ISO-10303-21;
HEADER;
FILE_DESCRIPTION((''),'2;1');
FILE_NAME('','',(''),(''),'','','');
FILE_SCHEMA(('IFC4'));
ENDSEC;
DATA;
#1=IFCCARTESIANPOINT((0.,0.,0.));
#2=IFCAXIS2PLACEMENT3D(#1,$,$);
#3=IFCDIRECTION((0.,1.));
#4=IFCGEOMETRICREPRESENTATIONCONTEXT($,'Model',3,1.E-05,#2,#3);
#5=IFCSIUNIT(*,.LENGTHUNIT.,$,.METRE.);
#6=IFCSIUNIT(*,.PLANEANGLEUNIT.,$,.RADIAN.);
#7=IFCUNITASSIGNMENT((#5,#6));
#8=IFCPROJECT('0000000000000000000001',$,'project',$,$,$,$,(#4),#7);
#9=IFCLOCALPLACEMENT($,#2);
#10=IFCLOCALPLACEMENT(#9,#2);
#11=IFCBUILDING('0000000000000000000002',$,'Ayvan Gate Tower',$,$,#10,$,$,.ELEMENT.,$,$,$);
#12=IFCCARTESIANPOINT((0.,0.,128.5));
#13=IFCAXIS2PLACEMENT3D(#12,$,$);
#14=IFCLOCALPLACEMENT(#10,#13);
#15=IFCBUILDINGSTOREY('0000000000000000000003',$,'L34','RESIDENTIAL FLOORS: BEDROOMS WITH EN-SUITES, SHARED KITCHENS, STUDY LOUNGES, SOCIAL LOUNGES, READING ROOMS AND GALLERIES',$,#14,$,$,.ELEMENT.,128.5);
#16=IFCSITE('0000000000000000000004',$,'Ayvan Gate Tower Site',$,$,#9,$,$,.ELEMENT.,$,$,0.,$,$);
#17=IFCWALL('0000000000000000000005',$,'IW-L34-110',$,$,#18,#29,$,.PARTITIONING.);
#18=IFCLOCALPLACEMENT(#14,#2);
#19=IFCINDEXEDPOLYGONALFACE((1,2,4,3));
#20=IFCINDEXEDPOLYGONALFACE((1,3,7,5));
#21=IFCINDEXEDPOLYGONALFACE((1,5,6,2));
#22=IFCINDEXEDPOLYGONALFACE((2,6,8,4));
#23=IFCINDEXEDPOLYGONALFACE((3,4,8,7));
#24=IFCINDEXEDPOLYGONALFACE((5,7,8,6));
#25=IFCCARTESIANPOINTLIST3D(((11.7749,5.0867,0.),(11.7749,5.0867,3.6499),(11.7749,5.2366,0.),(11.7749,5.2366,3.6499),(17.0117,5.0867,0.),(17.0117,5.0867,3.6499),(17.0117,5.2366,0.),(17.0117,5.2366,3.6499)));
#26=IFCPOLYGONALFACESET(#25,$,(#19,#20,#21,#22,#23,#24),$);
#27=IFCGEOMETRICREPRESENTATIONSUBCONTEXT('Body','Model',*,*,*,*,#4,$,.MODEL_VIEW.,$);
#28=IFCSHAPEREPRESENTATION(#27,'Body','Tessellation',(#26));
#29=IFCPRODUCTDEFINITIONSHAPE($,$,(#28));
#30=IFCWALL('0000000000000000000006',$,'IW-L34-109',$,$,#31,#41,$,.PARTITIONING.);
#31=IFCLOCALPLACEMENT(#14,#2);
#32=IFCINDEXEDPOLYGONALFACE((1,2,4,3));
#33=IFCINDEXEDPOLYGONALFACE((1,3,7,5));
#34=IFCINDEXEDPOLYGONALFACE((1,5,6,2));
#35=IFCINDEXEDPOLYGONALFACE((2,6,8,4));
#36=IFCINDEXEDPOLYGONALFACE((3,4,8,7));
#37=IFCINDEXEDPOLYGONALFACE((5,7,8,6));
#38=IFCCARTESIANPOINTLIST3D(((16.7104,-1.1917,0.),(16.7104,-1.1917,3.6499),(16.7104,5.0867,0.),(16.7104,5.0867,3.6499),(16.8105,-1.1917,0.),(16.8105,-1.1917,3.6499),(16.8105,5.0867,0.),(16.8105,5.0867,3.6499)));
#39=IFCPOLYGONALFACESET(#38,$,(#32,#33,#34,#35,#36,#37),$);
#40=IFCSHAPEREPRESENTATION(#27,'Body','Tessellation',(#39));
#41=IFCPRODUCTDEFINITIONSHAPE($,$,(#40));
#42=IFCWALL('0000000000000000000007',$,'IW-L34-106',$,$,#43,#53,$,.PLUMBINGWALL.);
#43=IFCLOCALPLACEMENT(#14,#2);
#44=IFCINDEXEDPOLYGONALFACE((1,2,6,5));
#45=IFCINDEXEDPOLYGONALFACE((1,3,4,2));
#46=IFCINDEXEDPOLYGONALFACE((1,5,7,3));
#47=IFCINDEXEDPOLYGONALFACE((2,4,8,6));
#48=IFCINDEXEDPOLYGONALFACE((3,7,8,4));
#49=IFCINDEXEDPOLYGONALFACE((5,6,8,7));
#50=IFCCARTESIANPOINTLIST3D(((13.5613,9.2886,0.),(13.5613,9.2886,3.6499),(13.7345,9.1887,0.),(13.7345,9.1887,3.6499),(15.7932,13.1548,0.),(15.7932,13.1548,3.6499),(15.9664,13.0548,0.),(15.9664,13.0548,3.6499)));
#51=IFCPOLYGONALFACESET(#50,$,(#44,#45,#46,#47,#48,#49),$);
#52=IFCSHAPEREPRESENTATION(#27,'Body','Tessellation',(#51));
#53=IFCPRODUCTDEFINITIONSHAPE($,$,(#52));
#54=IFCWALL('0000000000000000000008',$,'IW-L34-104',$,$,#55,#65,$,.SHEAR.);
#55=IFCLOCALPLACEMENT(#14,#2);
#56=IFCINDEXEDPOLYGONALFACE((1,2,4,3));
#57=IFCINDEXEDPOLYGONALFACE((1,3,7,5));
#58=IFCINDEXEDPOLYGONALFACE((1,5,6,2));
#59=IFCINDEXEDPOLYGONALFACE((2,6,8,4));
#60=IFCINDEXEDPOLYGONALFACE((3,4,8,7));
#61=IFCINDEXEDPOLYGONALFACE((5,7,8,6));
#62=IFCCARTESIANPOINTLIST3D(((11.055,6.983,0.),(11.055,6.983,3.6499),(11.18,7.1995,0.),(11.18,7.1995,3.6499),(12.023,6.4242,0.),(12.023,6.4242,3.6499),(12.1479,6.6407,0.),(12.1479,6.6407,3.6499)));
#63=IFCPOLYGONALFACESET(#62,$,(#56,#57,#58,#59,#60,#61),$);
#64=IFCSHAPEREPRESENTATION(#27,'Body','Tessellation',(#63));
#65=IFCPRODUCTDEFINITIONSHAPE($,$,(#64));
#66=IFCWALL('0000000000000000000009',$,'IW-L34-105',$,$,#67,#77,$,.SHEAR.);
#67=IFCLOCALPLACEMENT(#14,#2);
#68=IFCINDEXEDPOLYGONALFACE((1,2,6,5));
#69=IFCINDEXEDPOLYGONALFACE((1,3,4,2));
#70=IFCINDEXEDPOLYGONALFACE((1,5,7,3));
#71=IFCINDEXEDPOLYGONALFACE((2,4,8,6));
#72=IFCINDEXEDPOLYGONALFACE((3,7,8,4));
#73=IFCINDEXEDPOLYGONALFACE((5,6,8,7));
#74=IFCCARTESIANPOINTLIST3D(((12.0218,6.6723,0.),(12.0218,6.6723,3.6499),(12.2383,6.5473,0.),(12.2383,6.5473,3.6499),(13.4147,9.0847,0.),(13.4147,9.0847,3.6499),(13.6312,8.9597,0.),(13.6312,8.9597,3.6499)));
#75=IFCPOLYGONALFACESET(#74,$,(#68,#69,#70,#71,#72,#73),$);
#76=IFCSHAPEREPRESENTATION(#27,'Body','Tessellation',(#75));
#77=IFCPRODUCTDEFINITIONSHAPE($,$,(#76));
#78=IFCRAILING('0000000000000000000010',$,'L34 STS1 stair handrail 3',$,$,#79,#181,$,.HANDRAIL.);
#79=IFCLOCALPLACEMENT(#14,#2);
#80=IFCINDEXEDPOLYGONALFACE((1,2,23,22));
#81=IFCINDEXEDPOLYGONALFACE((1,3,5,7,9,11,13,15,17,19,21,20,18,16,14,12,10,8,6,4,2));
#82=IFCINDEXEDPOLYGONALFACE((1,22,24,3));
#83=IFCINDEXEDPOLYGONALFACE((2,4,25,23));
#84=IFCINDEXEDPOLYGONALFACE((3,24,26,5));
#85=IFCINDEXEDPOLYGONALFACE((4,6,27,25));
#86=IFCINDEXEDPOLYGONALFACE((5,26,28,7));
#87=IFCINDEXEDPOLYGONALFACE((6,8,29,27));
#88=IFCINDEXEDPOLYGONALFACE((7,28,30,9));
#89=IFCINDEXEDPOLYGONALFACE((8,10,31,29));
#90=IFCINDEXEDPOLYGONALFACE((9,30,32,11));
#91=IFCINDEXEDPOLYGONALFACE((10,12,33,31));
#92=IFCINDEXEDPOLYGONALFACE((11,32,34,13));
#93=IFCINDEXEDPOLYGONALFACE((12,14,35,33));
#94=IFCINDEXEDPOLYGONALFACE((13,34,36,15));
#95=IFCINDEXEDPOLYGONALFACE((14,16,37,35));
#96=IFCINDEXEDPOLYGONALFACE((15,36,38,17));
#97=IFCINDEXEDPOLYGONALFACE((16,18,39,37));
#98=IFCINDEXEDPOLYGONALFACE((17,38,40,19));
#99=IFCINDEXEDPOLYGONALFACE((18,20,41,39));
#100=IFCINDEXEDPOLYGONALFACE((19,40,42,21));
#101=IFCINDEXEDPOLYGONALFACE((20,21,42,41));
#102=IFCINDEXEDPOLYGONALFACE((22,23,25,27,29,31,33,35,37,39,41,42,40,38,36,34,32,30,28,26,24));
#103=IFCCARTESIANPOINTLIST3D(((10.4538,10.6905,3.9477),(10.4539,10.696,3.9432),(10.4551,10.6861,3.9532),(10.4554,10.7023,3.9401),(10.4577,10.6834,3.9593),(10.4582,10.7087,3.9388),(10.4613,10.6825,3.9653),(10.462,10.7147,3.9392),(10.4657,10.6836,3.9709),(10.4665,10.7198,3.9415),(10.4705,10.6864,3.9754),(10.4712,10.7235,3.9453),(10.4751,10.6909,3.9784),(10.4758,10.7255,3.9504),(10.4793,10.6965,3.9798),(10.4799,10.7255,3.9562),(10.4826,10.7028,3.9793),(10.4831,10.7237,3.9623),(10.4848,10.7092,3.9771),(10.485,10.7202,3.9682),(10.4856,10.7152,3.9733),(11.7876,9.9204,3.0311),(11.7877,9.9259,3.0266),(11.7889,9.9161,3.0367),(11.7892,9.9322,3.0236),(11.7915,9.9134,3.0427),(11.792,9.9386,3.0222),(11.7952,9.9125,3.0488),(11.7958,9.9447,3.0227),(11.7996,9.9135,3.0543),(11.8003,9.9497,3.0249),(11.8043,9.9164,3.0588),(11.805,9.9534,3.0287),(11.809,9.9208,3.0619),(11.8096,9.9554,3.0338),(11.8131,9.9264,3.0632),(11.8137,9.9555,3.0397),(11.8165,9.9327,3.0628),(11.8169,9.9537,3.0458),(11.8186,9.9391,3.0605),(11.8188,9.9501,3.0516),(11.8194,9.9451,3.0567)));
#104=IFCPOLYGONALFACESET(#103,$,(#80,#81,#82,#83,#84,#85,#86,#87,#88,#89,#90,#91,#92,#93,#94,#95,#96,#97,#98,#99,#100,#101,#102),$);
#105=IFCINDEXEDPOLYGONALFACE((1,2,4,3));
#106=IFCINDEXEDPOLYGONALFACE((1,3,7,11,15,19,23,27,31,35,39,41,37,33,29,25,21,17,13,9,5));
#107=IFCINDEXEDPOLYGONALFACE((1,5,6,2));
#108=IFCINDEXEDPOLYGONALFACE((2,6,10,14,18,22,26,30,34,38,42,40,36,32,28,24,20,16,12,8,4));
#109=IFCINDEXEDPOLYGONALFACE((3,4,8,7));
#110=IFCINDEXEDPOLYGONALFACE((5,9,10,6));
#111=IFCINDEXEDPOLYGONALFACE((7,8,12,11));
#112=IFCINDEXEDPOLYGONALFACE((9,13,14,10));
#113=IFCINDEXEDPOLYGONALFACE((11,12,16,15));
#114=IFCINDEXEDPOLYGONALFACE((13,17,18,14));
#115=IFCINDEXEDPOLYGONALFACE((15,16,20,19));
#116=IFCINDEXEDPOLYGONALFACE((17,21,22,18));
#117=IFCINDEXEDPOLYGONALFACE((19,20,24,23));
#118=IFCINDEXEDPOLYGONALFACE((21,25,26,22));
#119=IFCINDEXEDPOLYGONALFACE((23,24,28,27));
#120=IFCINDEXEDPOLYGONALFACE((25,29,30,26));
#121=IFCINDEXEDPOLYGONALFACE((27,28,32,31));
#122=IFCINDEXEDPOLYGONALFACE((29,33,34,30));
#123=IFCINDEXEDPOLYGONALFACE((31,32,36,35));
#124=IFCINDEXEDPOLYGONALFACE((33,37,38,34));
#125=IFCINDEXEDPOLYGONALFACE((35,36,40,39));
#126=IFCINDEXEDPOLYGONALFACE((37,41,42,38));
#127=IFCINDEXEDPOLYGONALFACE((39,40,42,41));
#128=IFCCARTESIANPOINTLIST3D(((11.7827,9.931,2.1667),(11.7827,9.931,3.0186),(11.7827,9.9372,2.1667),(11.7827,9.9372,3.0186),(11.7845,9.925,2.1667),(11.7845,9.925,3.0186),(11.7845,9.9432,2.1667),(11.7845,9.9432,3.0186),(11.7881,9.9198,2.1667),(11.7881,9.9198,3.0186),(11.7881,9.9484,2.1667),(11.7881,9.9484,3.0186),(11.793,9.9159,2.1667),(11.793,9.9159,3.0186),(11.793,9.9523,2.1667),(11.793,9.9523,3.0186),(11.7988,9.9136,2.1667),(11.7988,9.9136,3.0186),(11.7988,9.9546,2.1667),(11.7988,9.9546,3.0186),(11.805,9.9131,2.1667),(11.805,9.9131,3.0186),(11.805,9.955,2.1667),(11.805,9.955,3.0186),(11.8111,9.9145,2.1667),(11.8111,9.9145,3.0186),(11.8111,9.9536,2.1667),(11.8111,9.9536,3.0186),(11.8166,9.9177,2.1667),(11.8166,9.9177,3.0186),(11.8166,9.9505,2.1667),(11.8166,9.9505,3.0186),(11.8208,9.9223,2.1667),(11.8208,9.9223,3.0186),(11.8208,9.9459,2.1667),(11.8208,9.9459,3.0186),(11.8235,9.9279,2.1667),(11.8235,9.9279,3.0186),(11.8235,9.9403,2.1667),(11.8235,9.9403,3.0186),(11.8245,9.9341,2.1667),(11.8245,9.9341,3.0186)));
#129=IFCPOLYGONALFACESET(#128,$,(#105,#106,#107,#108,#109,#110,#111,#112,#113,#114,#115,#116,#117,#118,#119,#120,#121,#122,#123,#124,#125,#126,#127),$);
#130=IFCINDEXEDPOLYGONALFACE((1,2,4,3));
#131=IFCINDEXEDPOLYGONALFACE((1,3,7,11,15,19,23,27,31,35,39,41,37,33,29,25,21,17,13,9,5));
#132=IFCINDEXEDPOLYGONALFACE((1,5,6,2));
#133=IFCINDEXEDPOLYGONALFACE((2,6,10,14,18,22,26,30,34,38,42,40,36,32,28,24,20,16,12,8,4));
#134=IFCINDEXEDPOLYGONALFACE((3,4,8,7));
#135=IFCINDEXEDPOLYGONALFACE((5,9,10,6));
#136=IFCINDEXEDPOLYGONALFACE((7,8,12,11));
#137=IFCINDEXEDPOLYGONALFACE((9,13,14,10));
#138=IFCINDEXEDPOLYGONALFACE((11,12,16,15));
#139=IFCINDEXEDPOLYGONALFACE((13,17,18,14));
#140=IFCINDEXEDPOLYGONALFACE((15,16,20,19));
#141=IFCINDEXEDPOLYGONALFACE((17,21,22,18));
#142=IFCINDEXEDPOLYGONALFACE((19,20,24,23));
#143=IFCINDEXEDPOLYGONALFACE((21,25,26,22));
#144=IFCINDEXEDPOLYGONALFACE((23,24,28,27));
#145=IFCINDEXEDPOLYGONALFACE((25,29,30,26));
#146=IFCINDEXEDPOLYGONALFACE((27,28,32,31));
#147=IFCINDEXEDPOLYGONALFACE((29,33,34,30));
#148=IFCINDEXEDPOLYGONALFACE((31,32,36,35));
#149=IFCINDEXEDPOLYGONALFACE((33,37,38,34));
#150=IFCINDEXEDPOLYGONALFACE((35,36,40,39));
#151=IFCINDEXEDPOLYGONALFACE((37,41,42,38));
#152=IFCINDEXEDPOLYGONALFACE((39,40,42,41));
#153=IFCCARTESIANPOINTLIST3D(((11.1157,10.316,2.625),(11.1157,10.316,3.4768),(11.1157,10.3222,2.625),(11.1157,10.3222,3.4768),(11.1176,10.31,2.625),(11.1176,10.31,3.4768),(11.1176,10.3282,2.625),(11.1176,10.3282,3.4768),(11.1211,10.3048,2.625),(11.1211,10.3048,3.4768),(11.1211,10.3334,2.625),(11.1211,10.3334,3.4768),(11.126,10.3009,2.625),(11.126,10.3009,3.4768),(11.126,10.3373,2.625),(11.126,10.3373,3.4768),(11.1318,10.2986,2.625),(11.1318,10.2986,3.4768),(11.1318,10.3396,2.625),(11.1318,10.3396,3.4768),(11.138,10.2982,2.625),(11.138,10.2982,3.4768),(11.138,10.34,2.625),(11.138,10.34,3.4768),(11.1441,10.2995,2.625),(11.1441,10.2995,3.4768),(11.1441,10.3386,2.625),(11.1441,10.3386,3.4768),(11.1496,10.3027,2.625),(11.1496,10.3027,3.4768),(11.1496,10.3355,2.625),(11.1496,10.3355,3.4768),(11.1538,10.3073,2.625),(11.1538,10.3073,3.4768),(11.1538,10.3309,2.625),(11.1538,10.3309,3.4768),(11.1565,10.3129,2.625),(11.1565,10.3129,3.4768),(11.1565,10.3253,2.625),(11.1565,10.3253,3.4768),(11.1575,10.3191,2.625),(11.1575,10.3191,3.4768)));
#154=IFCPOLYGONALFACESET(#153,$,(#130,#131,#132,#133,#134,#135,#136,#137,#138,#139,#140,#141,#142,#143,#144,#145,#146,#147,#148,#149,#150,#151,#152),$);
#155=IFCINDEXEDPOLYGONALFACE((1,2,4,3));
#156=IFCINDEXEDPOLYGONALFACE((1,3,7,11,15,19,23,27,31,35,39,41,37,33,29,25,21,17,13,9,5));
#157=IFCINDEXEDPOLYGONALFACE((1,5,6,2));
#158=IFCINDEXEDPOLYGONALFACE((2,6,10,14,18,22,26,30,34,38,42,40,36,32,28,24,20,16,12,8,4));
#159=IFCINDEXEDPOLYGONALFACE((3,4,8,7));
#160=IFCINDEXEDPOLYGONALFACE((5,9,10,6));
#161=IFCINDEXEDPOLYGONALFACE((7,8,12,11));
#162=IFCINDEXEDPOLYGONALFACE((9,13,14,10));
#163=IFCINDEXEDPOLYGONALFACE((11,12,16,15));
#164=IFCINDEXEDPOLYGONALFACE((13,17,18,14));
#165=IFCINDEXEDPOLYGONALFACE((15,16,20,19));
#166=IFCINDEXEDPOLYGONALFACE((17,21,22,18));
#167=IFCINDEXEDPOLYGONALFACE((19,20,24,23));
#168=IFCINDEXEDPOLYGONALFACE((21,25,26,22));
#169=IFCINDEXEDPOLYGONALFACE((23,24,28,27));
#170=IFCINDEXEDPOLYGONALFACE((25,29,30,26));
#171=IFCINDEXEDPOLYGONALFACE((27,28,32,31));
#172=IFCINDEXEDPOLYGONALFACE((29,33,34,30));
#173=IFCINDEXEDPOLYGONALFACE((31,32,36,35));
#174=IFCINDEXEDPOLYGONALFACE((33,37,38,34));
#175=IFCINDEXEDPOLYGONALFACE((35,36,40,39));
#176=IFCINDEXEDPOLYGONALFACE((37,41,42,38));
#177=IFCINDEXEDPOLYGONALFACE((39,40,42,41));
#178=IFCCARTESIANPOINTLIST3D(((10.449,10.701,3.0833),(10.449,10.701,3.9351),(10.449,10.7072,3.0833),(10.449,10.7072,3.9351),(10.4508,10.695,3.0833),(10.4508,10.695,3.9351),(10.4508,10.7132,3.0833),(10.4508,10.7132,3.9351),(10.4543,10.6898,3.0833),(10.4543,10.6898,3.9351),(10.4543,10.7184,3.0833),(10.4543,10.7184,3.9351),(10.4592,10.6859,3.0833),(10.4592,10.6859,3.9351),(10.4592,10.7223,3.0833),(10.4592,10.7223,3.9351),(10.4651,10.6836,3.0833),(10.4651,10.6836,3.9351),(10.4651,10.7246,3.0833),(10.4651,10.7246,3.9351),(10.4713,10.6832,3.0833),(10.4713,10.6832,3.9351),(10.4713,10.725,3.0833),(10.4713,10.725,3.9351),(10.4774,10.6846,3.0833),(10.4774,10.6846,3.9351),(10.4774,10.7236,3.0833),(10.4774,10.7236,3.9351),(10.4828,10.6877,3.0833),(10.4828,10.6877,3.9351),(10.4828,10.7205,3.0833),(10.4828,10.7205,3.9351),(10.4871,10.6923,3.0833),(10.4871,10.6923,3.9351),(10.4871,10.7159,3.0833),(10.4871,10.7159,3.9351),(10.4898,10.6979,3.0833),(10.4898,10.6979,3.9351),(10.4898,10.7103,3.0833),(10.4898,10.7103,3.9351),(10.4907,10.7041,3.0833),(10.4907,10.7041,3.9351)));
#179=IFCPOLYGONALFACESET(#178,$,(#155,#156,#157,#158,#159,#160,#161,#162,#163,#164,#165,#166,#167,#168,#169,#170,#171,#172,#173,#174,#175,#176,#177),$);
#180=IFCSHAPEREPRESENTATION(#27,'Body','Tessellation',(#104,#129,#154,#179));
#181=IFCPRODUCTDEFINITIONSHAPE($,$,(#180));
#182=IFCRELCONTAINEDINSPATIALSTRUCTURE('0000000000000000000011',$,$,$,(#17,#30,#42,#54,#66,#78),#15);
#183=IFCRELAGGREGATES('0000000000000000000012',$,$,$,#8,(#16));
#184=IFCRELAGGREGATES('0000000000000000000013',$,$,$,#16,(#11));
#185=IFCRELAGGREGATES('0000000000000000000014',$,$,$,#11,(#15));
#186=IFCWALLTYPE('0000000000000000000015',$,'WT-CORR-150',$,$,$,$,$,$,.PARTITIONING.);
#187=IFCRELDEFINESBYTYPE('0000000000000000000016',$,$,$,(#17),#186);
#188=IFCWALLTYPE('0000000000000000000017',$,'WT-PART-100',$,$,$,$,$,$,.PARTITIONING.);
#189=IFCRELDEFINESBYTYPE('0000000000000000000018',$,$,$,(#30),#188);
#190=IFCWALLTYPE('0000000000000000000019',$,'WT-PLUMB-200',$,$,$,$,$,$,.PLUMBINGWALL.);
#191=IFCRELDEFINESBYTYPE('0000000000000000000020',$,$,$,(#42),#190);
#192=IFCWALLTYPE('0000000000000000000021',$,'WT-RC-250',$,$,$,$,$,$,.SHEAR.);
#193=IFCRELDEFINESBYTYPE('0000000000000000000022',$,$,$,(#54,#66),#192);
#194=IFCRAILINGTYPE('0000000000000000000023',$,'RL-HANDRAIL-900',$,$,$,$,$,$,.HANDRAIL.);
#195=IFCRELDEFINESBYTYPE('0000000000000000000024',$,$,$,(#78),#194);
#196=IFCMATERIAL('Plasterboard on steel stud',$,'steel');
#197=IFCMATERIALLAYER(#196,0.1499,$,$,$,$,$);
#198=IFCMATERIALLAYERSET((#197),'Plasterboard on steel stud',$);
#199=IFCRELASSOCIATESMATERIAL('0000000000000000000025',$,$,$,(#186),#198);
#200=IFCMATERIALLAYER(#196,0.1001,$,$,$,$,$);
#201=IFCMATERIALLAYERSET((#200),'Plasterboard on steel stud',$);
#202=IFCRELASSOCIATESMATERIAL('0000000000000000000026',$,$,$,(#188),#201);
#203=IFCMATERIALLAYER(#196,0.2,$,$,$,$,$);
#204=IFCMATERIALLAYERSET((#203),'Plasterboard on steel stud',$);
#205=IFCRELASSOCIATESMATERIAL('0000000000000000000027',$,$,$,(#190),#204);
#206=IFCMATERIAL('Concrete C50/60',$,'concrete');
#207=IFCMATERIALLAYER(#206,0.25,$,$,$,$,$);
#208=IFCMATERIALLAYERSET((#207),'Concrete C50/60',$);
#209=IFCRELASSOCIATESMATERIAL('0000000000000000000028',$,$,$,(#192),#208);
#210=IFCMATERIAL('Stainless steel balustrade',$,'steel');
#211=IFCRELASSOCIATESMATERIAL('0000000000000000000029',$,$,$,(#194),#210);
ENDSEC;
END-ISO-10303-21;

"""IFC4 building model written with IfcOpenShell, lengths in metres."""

from ifc_helpers import new_model, si_unit, direction, frame, frame_2d, origin, origin_2d, place, context, subcontext, project, spatial, rectangle, circle, extrude, material, layer, layer_set, type_object, element, save


model = new_model("IFC4")

# Units and contexts
model_context = context("Model", 3, precision=1e-05, world=origin(), true_north=direction((0.0, 1.0)))
body_context = subcontext(model_context, "Body", "Model", "MODEL_VIEW")
ifc_project = project(units=[si_unit("LENGTHUNIT", "METRE"), si_unit("PLANEANGLEUNIT", "RADIAN")], contexts=[model_context])

# Site, building, storey
site_placement = place(None, origin())
site = spatial("IfcSite", under=ifc_project, at=site_placement, Name="Ayvan Gate Tower Site", CompositionType="ELEMENT", RefElevation=0.0)
building_placement = place(site_placement, origin())
building = spatial("IfcBuilding", under=site, at=building_placement, Name="Ayvan Gate Tower", CompositionType="ELEMENT")
storey_placement = place(building_placement, frame((0.0, 0.0, 128.5)))
storey = spatial("IfcBuildingStorey", under=building, at=storey_placement, Name="L34", Description="RESIDENTIAL FLOORS: BEDROOMS WITH EN-SUITES, SHARED KITCHENS, STUDY LOUNGES, SOCIAL LOUNGES, READING ROOMS AND GALLERIES", CompositionType="ELEMENT", Elevation=128.5)

# Shared definitions
ifc_material_1 = material(Name="Plasterboard on steel stud", Category="steel")
ifc_layer_1 = layer(ifc_material_1, 0.1499)
ifc_layer_set_1 = layer_set([ifc_layer_1], Name="Plasterboard on steel stud")
wall_type_1 = type_object("IfcWallType", Name="WT-CORR-150", PredefinedType="PARTITIONING", material=ifc_layer_set_1)

# Walls
wall_1_placement = place(storey_placement, frame((11.7749, 5.1616, 0.0), z_axis=(0.0, 0.0, 1.0), x_axis=(1.0, 0.0, 0.0)))
element("IfcWall", 1, at=wall_1_placement, inside=storey, type_object=wall_type_1, Name="IW-L34-110", PredefinedType="PARTITIONING", context=body_context, shape_type="SweptSolid", body=[
    extrude(rectangle(XDim=5.2368, YDim=0.1499, at=frame_2d((2.6184, 0.0))), origin(), (0.0, 0.0, 1.0), 3.6499),
])
ifc_layer_2 = layer(ifc_material_1, 0.1001)
ifc_layer_set_2 = layer_set([ifc_layer_2], Name="Plasterboard on steel stud")
wall_type_2 = type_object("IfcWallType", Name="WT-PART-100", PredefinedType="PARTITIONING", material=ifc_layer_set_2)
wall_2_placement = place(storey_placement, frame((16.7605, 5.0867, 0.0), z_axis=(0.0, 0.0, 1.0), x_axis=(0.0, -1.0, 0.0)))
element("IfcWall", 2, at=wall_2_placement, inside=storey, type_object=wall_type_2, Name="IW-L34-109", PredefinedType="PARTITIONING", context=body_context, shape_type="SweptSolid", body=[
    extrude(rectangle(XDim=6.2783, YDim=0.1001, at=frame_2d((3.1392, 0.0))), origin(), (0.0, 0.0, 1.0), 3.6499),
])
ifc_layer_3 = layer(ifc_material_1, 0.2)
ifc_layer_set_3 = layer_set([ifc_layer_3], Name="Plasterboard on steel stud")
wall_type_3 = type_object("IfcWallType", Name="WT-PLUMB-200", PredefinedType="PLUMBINGWALL", material=ifc_layer_set_3)
wall_3_placement = place(storey_placement, frame((13.6479, 9.2388, 0.0), z_axis=(0.0, 0.0, 1.0), x_axis=(0.499962, 0.866047, 0.0)))
element("IfcWall", 3, at=wall_3_placement, inside=storey, type_object=wall_type_3, Name="IW-L34-106", PredefinedType="PLUMBINGWALL", context=body_context, shape_type="SweptSolid", body=[
    extrude(rectangle(XDim=4.4641, YDim=0.2, at=frame_2d((2.2319, 0.0))), origin(), (0.0, 0.0, 1.0), 3.6499),
])
ifc_material_2 = material(Name="Concrete C50/60", Category="concrete")
ifc_layer_4 = layer(ifc_material_2, 0.25)
ifc_layer_set_4 = layer_set([ifc_layer_4], Name="Concrete C50/60")
wall_type_4 = type_object("IfcWallType", Name="WT-RC-250", PredefinedType="SHEAR", material=ifc_layer_set_4)
wall_4_placement = place(storey_placement, frame((12.0854, 6.5325, 0.0), z_axis=(0.0, 0.0, 1.0), x_axis=(-0.866044, 0.499968, 0.0)))
element("IfcWall", 4, at=wall_4_placement, inside=storey, type_object=wall_type_4, Name="IW-L34-104", PredefinedType="SHEAR", context=body_context, shape_type="SweptSolid", body=[
    extrude(rectangle(XDim=1.1177, YDim=0.25, at=frame_2d((0.5588, 0.0))), origin(), (0.0, 0.0, 1.0), 3.6499),
])
wall_5_placement = place(storey_placement, frame((13.5229, 9.0222, 0.0), z_axis=(0.0, 0.0, 1.0), x_axis=(-0.500013, -0.866018, 0.0)))
element("IfcWall", 5, at=wall_5_placement, inside=storey, type_object=wall_type_4, Name="IW-L34-105", PredefinedType="SHEAR", context=body_context, shape_type="SweptSolid", body=[
    extrude(rectangle(XDim=2.7856, YDim=0.25, at=frame_2d((1.3928, 0.0))), origin(), (0.0, 0.0, 1.0), 3.6499),
])

# Railing
ifc_material_3 = material(Name="Stainless steel balustrade", Category="steel")
railing_type = type_object("IfcRailingType", Name="RL-HANDRAIL-900", PredefinedType="HANDRAIL", material=ifc_material_3)
railing_placement = place(storey_placement, frame((11.8035, 9.9341, 2.1667)))
element("IfcRailing", 6, at=railing_placement, inside=storey, type_object=railing_type, Name="L34 STS1 stair handrail 3", PredefinedType="HANDRAIL", context=body_context, shape_type="SweptSolid", body=[
    extrude(circle(Radius=0.0239, at=origin_2d()), frame((0.0, 0.0, 0.876), z_axis=(-0.744216, 0.429664, 0.511401), x_axis=(-0.499992, -0.86603, 0.0)), (0.0, 0.0, 1.0), 1.7922),
    extrude(circle(Radius=0.021, at=origin_2d()), origin(), (0.0, 0.0, 1.0), 0.8518),
    extrude(circle(Radius=0.021, at=origin_2d()), frame((-0.667, 0.385, 0.4583)), (0.0, 0.0, 1.0), 0.8518),
    extrude(circle(Radius=0.021, at=origin_2d()), frame((-1.3337, 0.77, 0.9165)), (0.0, 0.0, 1.0), 0.8518),
])

save(model, "model.ifc")
